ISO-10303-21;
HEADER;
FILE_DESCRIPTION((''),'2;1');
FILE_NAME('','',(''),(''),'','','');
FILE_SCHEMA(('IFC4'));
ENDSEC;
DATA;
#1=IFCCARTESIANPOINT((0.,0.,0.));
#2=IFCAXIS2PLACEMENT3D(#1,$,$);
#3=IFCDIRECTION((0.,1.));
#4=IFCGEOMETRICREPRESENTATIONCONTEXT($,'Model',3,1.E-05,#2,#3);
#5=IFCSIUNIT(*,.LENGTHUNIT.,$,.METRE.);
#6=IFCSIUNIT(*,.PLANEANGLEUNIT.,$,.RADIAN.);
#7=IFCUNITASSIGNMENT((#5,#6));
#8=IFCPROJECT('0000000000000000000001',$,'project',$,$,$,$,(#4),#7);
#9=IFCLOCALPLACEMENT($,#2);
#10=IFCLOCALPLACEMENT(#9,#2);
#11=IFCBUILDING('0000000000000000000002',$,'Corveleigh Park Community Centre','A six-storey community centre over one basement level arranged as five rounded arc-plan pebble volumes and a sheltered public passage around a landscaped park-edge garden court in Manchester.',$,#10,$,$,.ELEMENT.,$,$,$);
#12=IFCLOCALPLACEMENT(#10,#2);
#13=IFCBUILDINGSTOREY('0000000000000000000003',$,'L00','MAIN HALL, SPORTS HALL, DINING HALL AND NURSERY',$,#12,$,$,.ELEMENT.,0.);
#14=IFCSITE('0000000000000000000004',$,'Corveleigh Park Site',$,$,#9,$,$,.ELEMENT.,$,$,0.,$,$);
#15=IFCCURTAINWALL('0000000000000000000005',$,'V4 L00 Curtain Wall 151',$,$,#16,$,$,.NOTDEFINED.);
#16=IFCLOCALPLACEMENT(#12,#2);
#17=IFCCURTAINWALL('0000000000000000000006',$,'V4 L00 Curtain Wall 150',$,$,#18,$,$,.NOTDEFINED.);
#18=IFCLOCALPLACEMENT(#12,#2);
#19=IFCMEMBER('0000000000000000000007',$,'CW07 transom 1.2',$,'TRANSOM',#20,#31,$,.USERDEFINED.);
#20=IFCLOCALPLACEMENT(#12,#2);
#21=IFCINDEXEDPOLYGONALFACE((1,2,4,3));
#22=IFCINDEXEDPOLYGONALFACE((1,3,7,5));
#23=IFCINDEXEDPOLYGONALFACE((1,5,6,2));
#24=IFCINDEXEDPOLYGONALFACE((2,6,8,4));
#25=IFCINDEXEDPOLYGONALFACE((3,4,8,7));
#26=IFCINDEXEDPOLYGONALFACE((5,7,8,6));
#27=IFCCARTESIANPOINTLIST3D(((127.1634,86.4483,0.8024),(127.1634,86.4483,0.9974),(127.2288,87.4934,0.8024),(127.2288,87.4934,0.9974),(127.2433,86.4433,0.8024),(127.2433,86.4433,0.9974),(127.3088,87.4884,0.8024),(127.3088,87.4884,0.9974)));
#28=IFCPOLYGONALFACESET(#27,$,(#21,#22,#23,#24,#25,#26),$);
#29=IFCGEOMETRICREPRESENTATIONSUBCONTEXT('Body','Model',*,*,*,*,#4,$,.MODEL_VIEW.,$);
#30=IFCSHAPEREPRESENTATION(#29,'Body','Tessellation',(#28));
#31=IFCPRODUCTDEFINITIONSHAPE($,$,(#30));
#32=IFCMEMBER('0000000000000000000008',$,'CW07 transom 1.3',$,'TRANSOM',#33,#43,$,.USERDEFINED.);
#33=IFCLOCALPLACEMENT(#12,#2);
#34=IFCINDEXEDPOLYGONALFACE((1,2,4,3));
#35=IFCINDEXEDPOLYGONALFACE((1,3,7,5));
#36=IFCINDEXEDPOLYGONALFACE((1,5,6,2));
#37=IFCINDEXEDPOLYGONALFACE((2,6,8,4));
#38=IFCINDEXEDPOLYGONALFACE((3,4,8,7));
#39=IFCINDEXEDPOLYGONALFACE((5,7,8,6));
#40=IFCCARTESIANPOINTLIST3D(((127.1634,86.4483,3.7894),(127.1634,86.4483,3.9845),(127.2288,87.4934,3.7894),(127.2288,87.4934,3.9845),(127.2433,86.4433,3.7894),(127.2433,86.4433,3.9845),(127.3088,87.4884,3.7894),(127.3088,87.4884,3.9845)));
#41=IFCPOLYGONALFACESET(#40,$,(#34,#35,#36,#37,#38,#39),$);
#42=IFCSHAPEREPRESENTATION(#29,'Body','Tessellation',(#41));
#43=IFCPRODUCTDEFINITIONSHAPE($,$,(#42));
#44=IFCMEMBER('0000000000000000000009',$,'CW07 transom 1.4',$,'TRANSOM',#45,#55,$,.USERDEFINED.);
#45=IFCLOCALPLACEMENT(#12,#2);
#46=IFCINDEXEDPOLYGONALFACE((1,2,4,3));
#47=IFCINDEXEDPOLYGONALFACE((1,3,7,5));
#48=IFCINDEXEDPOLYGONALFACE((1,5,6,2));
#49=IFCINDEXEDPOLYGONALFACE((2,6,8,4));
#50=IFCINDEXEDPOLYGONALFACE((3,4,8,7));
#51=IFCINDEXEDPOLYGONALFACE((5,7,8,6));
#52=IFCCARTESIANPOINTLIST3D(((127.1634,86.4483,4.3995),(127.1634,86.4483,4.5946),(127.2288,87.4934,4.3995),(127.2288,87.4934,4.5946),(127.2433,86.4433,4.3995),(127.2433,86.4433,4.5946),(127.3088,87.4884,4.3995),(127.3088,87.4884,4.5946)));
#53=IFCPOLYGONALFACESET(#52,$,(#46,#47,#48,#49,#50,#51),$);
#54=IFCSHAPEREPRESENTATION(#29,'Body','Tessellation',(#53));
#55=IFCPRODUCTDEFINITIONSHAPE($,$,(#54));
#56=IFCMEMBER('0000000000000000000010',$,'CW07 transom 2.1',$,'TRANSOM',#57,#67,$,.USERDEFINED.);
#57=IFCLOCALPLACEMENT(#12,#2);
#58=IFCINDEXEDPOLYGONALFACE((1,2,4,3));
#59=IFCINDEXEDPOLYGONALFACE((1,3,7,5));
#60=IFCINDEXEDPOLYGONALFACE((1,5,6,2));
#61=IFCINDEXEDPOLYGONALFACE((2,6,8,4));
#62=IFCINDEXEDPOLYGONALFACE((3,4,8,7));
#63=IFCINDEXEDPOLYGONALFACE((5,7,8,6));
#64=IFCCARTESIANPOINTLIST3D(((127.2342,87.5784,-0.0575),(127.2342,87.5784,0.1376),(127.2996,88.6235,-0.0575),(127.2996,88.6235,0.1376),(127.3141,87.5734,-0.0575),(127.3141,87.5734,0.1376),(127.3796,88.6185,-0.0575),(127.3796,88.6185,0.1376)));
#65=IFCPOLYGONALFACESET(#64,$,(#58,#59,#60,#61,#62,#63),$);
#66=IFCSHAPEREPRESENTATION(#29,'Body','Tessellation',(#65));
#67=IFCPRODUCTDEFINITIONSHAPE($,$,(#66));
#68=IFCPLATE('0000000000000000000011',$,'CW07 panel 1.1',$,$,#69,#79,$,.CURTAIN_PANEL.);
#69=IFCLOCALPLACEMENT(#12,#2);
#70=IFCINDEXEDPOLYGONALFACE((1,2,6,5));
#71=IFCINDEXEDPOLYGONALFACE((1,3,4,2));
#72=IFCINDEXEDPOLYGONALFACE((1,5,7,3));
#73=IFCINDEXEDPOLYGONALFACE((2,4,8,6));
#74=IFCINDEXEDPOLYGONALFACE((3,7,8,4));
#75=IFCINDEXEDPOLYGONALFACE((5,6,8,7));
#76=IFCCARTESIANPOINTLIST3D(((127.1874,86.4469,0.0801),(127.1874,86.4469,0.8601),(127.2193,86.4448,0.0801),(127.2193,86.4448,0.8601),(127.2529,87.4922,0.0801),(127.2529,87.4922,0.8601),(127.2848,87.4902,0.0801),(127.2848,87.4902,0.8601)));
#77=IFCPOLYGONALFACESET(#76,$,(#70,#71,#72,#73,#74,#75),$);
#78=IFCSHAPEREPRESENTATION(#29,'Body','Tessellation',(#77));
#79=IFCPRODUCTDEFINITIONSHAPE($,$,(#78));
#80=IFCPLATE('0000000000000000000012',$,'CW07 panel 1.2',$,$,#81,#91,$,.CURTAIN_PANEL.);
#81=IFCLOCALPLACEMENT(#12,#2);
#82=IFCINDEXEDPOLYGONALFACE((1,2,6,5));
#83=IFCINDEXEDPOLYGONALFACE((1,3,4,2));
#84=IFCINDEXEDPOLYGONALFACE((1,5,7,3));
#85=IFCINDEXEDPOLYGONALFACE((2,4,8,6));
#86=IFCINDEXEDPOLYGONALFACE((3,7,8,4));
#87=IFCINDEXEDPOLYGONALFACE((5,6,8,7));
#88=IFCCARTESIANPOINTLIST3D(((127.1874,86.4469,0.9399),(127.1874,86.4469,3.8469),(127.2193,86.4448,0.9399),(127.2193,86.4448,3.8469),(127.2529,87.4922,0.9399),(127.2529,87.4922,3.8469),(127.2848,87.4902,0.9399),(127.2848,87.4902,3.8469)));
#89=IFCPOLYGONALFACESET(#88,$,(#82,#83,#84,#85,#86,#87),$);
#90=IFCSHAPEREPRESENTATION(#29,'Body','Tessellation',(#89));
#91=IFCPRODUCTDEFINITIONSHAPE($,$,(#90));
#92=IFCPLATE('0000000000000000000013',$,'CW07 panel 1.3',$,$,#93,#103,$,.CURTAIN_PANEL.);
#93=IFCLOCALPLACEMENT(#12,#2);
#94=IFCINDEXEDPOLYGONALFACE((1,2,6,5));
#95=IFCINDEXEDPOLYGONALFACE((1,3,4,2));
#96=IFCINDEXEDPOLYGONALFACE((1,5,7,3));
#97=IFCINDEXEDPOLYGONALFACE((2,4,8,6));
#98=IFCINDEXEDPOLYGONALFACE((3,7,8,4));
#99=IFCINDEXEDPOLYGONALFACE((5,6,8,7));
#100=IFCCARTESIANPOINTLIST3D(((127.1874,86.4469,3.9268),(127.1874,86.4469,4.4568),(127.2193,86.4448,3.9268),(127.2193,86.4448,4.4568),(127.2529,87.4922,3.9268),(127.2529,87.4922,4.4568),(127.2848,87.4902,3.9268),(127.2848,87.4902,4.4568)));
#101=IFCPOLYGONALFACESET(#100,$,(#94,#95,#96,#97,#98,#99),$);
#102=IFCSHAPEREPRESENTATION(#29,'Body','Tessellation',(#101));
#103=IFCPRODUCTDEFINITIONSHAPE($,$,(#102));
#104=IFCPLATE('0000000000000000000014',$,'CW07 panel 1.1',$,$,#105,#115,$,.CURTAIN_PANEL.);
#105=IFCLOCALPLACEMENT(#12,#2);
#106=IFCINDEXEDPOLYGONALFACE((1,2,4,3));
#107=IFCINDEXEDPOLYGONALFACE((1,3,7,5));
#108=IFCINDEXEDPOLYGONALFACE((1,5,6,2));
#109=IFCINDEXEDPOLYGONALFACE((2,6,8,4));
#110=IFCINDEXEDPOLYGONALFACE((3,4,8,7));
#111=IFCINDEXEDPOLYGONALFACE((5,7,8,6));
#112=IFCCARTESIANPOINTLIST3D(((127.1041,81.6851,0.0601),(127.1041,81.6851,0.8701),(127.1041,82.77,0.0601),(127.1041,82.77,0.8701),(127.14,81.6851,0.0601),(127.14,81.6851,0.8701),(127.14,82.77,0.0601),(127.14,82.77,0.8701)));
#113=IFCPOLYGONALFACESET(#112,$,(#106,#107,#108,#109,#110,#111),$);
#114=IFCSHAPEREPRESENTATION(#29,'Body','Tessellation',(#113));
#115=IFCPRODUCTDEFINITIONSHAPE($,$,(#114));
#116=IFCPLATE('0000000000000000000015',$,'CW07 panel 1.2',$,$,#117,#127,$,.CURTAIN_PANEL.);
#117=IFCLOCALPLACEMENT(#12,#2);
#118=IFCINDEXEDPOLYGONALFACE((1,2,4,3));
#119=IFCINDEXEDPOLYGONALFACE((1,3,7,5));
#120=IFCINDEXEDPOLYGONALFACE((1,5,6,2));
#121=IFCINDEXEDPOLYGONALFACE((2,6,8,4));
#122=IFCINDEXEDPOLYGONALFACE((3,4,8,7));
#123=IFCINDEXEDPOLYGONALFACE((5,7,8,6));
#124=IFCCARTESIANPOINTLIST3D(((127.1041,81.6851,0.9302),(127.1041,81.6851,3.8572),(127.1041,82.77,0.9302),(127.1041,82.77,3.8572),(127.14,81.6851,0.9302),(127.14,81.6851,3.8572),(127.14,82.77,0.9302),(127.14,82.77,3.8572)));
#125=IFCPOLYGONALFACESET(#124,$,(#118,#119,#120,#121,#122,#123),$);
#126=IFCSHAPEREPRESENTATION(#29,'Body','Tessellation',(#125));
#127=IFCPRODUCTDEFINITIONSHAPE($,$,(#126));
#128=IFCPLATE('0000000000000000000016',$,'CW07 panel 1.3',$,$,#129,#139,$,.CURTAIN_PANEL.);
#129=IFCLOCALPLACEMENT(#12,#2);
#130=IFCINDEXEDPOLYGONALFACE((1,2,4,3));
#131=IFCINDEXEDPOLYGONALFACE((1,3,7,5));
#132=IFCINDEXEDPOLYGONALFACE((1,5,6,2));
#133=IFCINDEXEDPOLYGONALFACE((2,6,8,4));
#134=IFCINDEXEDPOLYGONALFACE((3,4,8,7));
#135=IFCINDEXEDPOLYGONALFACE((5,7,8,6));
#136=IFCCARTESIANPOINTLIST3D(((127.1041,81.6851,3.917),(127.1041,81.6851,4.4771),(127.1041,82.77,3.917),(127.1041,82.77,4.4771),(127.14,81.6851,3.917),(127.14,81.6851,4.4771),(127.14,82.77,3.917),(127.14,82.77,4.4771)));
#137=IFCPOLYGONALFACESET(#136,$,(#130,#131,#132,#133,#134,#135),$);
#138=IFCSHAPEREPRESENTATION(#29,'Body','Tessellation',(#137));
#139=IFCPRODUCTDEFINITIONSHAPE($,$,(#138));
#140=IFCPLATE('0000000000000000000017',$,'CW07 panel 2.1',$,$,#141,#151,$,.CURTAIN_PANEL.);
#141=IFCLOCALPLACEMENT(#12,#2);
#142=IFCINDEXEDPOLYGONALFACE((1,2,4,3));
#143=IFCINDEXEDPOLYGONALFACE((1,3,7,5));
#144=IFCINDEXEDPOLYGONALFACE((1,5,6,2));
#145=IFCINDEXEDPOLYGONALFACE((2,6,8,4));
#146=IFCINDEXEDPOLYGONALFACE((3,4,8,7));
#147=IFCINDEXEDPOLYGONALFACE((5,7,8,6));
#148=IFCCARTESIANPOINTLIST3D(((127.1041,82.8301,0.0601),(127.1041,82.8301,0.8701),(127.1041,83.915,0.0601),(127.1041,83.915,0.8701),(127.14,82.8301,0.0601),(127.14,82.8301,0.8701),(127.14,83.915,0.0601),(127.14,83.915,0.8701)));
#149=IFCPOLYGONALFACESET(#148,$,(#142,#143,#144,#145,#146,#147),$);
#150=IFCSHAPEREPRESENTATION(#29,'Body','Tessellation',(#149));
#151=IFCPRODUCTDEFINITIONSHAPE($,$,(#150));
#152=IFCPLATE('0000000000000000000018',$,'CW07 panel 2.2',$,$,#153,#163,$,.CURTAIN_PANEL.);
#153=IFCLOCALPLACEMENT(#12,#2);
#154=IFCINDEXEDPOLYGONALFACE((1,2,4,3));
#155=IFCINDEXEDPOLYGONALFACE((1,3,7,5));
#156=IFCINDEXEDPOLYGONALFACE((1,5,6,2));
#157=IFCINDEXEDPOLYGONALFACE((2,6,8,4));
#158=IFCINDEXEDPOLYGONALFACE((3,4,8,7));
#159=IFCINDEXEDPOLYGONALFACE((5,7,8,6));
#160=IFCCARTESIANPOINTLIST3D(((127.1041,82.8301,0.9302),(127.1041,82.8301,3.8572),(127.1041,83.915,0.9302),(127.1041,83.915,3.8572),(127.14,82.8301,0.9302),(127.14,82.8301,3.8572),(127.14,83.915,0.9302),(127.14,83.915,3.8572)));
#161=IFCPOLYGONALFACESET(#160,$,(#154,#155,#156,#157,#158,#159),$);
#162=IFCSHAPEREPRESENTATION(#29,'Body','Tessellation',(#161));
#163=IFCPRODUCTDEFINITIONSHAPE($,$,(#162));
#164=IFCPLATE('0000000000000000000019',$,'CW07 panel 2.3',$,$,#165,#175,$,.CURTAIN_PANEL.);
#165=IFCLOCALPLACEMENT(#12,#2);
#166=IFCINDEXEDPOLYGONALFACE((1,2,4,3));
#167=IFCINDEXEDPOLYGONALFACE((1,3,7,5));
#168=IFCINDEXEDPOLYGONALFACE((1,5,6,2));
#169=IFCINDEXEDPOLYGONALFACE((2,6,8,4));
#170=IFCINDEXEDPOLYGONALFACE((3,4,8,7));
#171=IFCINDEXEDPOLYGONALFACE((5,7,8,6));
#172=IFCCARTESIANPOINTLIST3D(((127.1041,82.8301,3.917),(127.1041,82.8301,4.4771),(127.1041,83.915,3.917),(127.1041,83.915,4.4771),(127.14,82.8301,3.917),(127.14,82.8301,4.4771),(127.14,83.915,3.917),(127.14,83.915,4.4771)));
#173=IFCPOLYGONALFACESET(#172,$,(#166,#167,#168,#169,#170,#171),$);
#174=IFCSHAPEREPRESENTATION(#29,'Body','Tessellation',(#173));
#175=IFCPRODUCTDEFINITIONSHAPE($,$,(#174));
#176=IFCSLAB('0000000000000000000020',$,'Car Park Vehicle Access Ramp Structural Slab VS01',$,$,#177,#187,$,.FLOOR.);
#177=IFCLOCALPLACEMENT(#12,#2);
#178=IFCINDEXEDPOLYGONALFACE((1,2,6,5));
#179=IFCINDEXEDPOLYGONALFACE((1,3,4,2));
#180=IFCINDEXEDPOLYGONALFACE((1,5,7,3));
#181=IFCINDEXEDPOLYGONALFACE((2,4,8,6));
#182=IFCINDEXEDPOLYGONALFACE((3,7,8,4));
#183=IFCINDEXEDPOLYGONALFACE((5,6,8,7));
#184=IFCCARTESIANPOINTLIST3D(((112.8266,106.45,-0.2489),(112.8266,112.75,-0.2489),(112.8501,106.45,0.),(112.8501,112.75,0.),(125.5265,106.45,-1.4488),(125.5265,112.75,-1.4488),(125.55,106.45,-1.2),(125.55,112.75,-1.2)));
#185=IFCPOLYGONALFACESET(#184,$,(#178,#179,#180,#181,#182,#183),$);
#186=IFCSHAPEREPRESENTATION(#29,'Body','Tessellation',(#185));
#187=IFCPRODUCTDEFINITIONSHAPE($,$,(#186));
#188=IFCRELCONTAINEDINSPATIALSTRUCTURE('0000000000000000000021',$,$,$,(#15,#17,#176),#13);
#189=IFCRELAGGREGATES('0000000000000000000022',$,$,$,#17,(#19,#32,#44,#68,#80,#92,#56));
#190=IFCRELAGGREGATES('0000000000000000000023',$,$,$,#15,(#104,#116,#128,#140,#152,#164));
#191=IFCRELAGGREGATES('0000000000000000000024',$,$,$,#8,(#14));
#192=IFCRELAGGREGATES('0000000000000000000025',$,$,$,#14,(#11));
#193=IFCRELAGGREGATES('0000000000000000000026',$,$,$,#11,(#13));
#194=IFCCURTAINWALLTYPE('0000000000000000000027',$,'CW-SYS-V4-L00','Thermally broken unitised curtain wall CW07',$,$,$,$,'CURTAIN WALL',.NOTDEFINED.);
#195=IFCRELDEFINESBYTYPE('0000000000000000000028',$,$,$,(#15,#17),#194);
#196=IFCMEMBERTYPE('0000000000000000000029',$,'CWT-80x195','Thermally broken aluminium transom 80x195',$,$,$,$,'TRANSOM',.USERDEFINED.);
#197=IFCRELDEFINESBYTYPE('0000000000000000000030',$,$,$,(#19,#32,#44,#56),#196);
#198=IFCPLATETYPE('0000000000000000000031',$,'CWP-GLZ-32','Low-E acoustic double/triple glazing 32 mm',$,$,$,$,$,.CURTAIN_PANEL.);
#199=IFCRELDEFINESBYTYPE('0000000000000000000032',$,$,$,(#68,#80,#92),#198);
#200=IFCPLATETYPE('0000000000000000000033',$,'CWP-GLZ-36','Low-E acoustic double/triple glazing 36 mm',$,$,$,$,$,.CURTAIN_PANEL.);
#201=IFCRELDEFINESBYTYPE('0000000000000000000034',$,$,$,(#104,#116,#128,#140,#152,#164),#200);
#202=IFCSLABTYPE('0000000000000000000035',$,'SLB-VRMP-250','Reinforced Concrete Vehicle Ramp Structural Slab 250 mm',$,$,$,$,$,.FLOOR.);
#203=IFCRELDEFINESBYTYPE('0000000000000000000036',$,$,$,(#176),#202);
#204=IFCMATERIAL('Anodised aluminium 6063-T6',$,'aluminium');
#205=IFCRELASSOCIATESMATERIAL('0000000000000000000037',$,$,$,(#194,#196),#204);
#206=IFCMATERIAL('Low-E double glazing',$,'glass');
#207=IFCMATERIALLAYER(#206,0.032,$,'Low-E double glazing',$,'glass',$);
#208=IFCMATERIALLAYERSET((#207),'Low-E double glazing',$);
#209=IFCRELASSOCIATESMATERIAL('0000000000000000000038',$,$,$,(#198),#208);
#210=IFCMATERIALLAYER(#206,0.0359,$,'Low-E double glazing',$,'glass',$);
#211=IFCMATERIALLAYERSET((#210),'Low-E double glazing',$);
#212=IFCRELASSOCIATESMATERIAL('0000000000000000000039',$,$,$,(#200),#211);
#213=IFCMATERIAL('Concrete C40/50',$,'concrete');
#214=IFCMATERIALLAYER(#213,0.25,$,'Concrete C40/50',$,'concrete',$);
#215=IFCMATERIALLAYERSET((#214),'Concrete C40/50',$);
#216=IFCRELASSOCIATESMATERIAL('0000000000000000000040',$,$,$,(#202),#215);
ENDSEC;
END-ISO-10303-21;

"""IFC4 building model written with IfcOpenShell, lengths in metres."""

from ifc_helpers import new_model, si_unit, direction, frame, origin, origin_2d, place, context, subcontext, project, spatial, polyline, rectangle, outline, extrude, material, layer, layer_set, material_profile, profile_set, type_object, element, aggregate, save


model = new_model("IFC4")

# Units and contexts
model_context = context("Model", 3, precision=1e-05, world=origin(), true_north=direction((0.0, 1.0)))
body_context = subcontext(model_context, "Body", "Model", "MODEL_VIEW")
ifc_project = project(units=[si_unit("LENGTHUNIT", "METRE"), si_unit("PLANEANGLEUNIT", "RADIAN")], contexts=[model_context])

# Site, building, storey
site_placement = place(None, origin())
site = spatial("IfcSite", under=ifc_project, at=site_placement, Name="Corveleigh Park Site", CompositionType="ELEMENT", RefElevation=0.0)
building_placement = place(site_placement, origin())
building = spatial("IfcBuilding", under=site, at=building_placement, Name="Corveleigh Park Community Centre", Description="A six-storey community centre over one basement level arranged as five rounded arc-plan pebble volumes and a sheltered public passage around a landscaped park-edge garden court in Manchester.", CompositionType="ELEMENT")
storey_placement = place(building_placement, origin())
storey = spatial("IfcBuildingStorey", under=building, at=storey_placement, Name="L00", Description="MAIN HALL, SPORTS HALL, DINING HALL AND NURSERY", CompositionType="ELEMENT", Elevation=0.0)

# Curtain walls
ifc_material_1 = material(Name="Anodised aluminium 6063-T6", Category="aluminium")
curtain_wall_type = type_object("IfcCurtainWallType", Name="CW-SYS-V4-L00", Description="Thermally broken unitised curtain wall CW07", ElementType="CURTAIN WALL", PredefinedType="NOTDEFINED", material=ifc_material_1)
curtain_wall_1_placement = place(storey_placement, origin())
curtain_wall_1 = element("IfcCurtainWall", 1, at=curtain_wall_1_placement, inside=storey, type_object=curtain_wall_type, Name="V4 L00 Curtain Wall 151", PredefinedType="NOTDEFINED")
curtain_wall_2_placement = place(storey_placement, origin())
curtain_wall_2 = element("IfcCurtainWall", 2, at=curtain_wall_2_placement, inside=storey, type_object=curtain_wall_type, Name="V4 L00 Curtain Wall 150", PredefinedType="NOTDEFINED")

# Members
ifc_material_profile_1 = material_profile(ifc_material_1, rectangle(XDim=0.0801, YDim=0.1951, at=origin_2d()), Name="ALU-T80x195", Category="aluminium")
ifc_profile_set_1 = profile_set([ifc_material_profile_1], Name="Anodised aluminium 6063-T6")
member_type_1 = type_object("IfcMemberType", Name="CWT-80x195", Description="Thermally broken aluminium transom 80x195", ElementType="TRANSOM", PredefinedType="USERDEFINED", material=ifc_profile_set_1)
member_1_placement = place(storey_placement, frame((127.2034, 86.4458, 0.8999), z_axis=(0.06248, 0.998046, 0.0), x_axis=(-0.998046, 0.06248, 0.0)))
member_1 = element("IfcMember", 3, at=member_1_placement, type_object=member_type_1, Name="CW07 transom 1.2", ObjectType="TRANSOM", PredefinedType="USERDEFINED", context=body_context, shape_type="SweptSolid", body=[
    extrude(rectangle(XDim=0.0801, YDim=0.1951, at=origin_2d()), origin(), (0.0, 0.0, 1.0), 1.0471),
])
member_2_placement = place(storey_placement, frame((127.2034, 86.4458, 3.887), z_axis=(0.06248, 0.998046, 0.0), x_axis=(-0.998046, 0.06248, 0.0)))
member_2 = element("IfcMember", 4, at=member_2_placement, type_object=member_type_1, Name="CW07 transom 1.3", ObjectType="TRANSOM", PredefinedType="USERDEFINED", context=body_context, shape_type="SweptSolid", body=[
    extrude(rectangle(XDim=0.0801, YDim=0.1951, at=origin_2d()), origin(), (0.0, 0.0, 1.0), 1.0471),
])
member_3_placement = place(storey_placement, frame((127.2034, 86.4458, 4.4971), z_axis=(0.06248, 0.998046, 0.0), x_axis=(-0.998046, 0.06248, 0.0)))
member_3 = element("IfcMember", 5, at=member_3_placement, type_object=member_type_1, Name="CW07 transom 1.4", ObjectType="TRANSOM", PredefinedType="USERDEFINED", context=body_context, shape_type="SweptSolid", body=[
    extrude(rectangle(XDim=0.0801, YDim=0.1951, at=origin_2d()), origin(), (0.0, 0.0, 1.0), 1.0471),
])
member_4_placement = place(storey_placement, frame((127.2742, 87.5759, 0.04), z_axis=(0.06248, 0.998046, 0.0), x_axis=(-0.998046, 0.06248, 0.0)))
member_4 = element("IfcMember", 6, at=member_4_placement, type_object=member_type_1, Name="CW07 transom 2.1", ObjectType="TRANSOM", PredefinedType="USERDEFINED", context=body_context, shape_type="SweptSolid", body=[
    extrude(rectangle(XDim=0.0801, YDim=0.1951, at=origin_2d()), origin(), (0.0, 0.0, 1.0), 1.0471),
])

# Plates
ifc_material_2 = material(Name="Low-E double glazing", Category="glass")
ifc_layer_1 = layer(ifc_material_2, 0.032, Name="Low-E double glazing", Category="glass")
ifc_layer_set_1 = layer_set([ifc_layer_1], Name="Low-E double glazing")
plate_type_1 = type_object("IfcPlateType", Name="CWP-GLZ-32", Description="Low-E acoustic double/triple glazing 32 mm", PredefinedType="CURTAIN_PANEL", material=ifc_layer_set_1)
plate_1_placement = place(storey_placement, frame((127.2361, 86.9685, 0.0801), z_axis=(0.0, 0.0, 1.0), x_axis=(0.062564, 0.998041, 0.0)))
plate_1 = element("IfcPlate", 7, at=plate_1_placement, type_object=plate_type_1, Name="CW07 panel 1.1", PredefinedType="CURTAIN_PANEL", context=body_context, shape_type="SweptSolid", body=[
    extrude(rectangle(XDim=1.0474, YDim=0.032, at=origin_2d()), origin(), (0.0, 0.0, 1.0), 0.78),
])
plate_2_placement = place(storey_placement, frame((127.2361, 86.9685, 0.9399), z_axis=(0.0, 0.0, 1.0), x_axis=(0.062564, 0.998041, 0.0)))
plate_2 = element("IfcPlate", 8, at=plate_2_placement, type_object=plate_type_1, Name="CW07 panel 1.2", PredefinedType="CURTAIN_PANEL", context=body_context, shape_type="SweptSolid", body=[
    extrude(rectangle(XDim=1.0474, YDim=0.032, at=origin_2d()), origin(), (0.0, 0.0, 1.0), 2.907),
])
plate_3_placement = place(storey_placement, frame((127.2361, 86.9685, 3.9268), z_axis=(0.0, 0.0, 1.0), x_axis=(0.062564, 0.998041, 0.0)))
plate_3 = element("IfcPlate", 9, at=plate_3_placement, type_object=plate_type_1, Name="CW07 panel 1.3", PredefinedType="CURTAIN_PANEL", context=body_context, shape_type="SweptSolid", body=[
    extrude(rectangle(XDim=1.0474, YDim=0.032, at=origin_2d()), origin(), (0.0, 0.0, 1.0), 0.53),
])
aggregate(curtain_wall_2, [member_1, member_2, member_3, plate_1, plate_2, plate_3, member_4])
ifc_layer_2 = layer(ifc_material_2, 0.0359, Name="Low-E double glazing", Category="glass")
ifc_layer_set_2 = layer_set([ifc_layer_2], Name="Low-E double glazing")
plate_type_2 = type_object("IfcPlateType", Name="CWP-GLZ-36", Description="Low-E acoustic double/triple glazing 36 mm", PredefinedType="CURTAIN_PANEL", material=ifc_layer_set_2)
plate_4_placement = place(storey_placement, frame((127.1221, 82.2275, 0.0601), z_axis=(0.0, 0.0, 1.0), x_axis=(0.0, 1.0, 0.0)))
plate_4 = element("IfcPlate", 10, at=plate_4_placement, type_object=plate_type_2, Name="CW07 panel 1.1", PredefinedType="CURTAIN_PANEL", context=body_context, shape_type="SweptSolid", body=[
    extrude(rectangle(XDim=1.085, YDim=0.0359, at=origin_2d()), origin(), (0.0, 0.0, 1.0), 0.8101),
])
plate_5_placement = place(storey_placement, frame((127.1221, 82.2275, 0.9302), z_axis=(0.0, 0.0, 1.0), x_axis=(0.0, 1.0, 0.0)))
plate_5 = element("IfcPlate", 11, at=plate_5_placement, type_object=plate_type_2, Name="CW07 panel 1.2", PredefinedType="CURTAIN_PANEL", context=body_context, shape_type="SweptSolid", body=[
    extrude(rectangle(XDim=1.085, YDim=0.0359, at=origin_2d()), origin(), (0.0, 0.0, 1.0), 2.927),
])
plate_6_placement = place(storey_placement, frame((127.1221, 82.2275, 3.917), z_axis=(0.0, 0.0, 1.0), x_axis=(0.0, 1.0, 0.0)))
plate_6 = element("IfcPlate", 12, at=plate_6_placement, type_object=plate_type_2, Name="CW07 panel 1.3", PredefinedType="CURTAIN_PANEL", context=body_context, shape_type="SweptSolid", body=[
    extrude(rectangle(XDim=1.085, YDim=0.0359, at=origin_2d()), origin(), (0.0, 0.0, 1.0), 0.5601),
])
plate_7_placement = place(storey_placement, frame((127.1221, 83.3726, 0.0601), z_axis=(0.0, 0.0, 1.0), x_axis=(0.0, 1.0, 0.0)))
plate_7 = element("IfcPlate", 13, at=plate_7_placement, type_object=plate_type_2, Name="CW07 panel 2.1", PredefinedType="CURTAIN_PANEL", context=body_context, shape_type="SweptSolid", body=[
    extrude(rectangle(XDim=1.085, YDim=0.0359, at=origin_2d()), origin(), (0.0, 0.0, 1.0), 0.8101),
])
plate_8_placement = place(storey_placement, frame((127.1221, 83.3726, 0.9302), z_axis=(0.0, 0.0, 1.0), x_axis=(0.0, 1.0, 0.0)))
plate_8 = element("IfcPlate", 14, at=plate_8_placement, type_object=plate_type_2, Name="CW07 panel 2.2", PredefinedType="CURTAIN_PANEL", context=body_context, shape_type="SweptSolid", body=[
    extrude(rectangle(XDim=1.085, YDim=0.0359, at=origin_2d()), origin(), (0.0, 0.0, 1.0), 2.927),
])
plate_9_placement = place(storey_placement, frame((127.1221, 83.3726, 3.917), z_axis=(0.0, 0.0, 1.0), x_axis=(0.0, 1.0, 0.0)))
plate_9 = element("IfcPlate", 15, at=plate_9_placement, type_object=plate_type_2, Name="CW07 panel 2.3", PredefinedType="CURTAIN_PANEL", context=body_context, shape_type="SweptSolid", body=[
    extrude(rectangle(XDim=1.085, YDim=0.0359, at=origin_2d()), origin(), (0.0, 0.0, 1.0), 0.5601),
])
aggregate(curtain_wall_1, [plate_4, plate_5, plate_6, plate_7, plate_8, plate_9])

# Slab
ifc_material_3 = material(Name="Concrete C40/50", Category="concrete")
ifc_layer_3 = layer(ifc_material_3, 0.25, Name="Concrete C40/50", Category="concrete")
ifc_layer_set_3 = layer_set([ifc_layer_3], Name="Concrete C40/50")
slab_type = type_object("IfcSlabType", Name="SLB-VRMP-250", Description="Reinforced Concrete Vehicle Ramp Structural Slab 250 mm", PredefinedType="FLOOR", material=ifc_layer_set_3)
slab_placement = place(storey_placement, frame((125.55, 112.75, -1.2), z_axis=(0.094066, 0.0, 0.995566), x_axis=(-0.995566, 0.0, 0.094066)))
element("IfcSlab", 16, at=slab_placement, inside=storey, type_object=slab_type, Name="Car Park Vehicle Access Ramp Structural Slab VS01", PredefinedType="FLOOR", context=body_context, shape_type="SweptSolid", body=[
    extrude(outline(polyline([(0.0, 0.0), (12.7565, 0.0), (12.7565, 6.3), (0.0, 6.3), (0.0, 0.0)])), origin(), (0.0, 0.0, -1.0), 0.25),
])

save(model, "model.ifc")
